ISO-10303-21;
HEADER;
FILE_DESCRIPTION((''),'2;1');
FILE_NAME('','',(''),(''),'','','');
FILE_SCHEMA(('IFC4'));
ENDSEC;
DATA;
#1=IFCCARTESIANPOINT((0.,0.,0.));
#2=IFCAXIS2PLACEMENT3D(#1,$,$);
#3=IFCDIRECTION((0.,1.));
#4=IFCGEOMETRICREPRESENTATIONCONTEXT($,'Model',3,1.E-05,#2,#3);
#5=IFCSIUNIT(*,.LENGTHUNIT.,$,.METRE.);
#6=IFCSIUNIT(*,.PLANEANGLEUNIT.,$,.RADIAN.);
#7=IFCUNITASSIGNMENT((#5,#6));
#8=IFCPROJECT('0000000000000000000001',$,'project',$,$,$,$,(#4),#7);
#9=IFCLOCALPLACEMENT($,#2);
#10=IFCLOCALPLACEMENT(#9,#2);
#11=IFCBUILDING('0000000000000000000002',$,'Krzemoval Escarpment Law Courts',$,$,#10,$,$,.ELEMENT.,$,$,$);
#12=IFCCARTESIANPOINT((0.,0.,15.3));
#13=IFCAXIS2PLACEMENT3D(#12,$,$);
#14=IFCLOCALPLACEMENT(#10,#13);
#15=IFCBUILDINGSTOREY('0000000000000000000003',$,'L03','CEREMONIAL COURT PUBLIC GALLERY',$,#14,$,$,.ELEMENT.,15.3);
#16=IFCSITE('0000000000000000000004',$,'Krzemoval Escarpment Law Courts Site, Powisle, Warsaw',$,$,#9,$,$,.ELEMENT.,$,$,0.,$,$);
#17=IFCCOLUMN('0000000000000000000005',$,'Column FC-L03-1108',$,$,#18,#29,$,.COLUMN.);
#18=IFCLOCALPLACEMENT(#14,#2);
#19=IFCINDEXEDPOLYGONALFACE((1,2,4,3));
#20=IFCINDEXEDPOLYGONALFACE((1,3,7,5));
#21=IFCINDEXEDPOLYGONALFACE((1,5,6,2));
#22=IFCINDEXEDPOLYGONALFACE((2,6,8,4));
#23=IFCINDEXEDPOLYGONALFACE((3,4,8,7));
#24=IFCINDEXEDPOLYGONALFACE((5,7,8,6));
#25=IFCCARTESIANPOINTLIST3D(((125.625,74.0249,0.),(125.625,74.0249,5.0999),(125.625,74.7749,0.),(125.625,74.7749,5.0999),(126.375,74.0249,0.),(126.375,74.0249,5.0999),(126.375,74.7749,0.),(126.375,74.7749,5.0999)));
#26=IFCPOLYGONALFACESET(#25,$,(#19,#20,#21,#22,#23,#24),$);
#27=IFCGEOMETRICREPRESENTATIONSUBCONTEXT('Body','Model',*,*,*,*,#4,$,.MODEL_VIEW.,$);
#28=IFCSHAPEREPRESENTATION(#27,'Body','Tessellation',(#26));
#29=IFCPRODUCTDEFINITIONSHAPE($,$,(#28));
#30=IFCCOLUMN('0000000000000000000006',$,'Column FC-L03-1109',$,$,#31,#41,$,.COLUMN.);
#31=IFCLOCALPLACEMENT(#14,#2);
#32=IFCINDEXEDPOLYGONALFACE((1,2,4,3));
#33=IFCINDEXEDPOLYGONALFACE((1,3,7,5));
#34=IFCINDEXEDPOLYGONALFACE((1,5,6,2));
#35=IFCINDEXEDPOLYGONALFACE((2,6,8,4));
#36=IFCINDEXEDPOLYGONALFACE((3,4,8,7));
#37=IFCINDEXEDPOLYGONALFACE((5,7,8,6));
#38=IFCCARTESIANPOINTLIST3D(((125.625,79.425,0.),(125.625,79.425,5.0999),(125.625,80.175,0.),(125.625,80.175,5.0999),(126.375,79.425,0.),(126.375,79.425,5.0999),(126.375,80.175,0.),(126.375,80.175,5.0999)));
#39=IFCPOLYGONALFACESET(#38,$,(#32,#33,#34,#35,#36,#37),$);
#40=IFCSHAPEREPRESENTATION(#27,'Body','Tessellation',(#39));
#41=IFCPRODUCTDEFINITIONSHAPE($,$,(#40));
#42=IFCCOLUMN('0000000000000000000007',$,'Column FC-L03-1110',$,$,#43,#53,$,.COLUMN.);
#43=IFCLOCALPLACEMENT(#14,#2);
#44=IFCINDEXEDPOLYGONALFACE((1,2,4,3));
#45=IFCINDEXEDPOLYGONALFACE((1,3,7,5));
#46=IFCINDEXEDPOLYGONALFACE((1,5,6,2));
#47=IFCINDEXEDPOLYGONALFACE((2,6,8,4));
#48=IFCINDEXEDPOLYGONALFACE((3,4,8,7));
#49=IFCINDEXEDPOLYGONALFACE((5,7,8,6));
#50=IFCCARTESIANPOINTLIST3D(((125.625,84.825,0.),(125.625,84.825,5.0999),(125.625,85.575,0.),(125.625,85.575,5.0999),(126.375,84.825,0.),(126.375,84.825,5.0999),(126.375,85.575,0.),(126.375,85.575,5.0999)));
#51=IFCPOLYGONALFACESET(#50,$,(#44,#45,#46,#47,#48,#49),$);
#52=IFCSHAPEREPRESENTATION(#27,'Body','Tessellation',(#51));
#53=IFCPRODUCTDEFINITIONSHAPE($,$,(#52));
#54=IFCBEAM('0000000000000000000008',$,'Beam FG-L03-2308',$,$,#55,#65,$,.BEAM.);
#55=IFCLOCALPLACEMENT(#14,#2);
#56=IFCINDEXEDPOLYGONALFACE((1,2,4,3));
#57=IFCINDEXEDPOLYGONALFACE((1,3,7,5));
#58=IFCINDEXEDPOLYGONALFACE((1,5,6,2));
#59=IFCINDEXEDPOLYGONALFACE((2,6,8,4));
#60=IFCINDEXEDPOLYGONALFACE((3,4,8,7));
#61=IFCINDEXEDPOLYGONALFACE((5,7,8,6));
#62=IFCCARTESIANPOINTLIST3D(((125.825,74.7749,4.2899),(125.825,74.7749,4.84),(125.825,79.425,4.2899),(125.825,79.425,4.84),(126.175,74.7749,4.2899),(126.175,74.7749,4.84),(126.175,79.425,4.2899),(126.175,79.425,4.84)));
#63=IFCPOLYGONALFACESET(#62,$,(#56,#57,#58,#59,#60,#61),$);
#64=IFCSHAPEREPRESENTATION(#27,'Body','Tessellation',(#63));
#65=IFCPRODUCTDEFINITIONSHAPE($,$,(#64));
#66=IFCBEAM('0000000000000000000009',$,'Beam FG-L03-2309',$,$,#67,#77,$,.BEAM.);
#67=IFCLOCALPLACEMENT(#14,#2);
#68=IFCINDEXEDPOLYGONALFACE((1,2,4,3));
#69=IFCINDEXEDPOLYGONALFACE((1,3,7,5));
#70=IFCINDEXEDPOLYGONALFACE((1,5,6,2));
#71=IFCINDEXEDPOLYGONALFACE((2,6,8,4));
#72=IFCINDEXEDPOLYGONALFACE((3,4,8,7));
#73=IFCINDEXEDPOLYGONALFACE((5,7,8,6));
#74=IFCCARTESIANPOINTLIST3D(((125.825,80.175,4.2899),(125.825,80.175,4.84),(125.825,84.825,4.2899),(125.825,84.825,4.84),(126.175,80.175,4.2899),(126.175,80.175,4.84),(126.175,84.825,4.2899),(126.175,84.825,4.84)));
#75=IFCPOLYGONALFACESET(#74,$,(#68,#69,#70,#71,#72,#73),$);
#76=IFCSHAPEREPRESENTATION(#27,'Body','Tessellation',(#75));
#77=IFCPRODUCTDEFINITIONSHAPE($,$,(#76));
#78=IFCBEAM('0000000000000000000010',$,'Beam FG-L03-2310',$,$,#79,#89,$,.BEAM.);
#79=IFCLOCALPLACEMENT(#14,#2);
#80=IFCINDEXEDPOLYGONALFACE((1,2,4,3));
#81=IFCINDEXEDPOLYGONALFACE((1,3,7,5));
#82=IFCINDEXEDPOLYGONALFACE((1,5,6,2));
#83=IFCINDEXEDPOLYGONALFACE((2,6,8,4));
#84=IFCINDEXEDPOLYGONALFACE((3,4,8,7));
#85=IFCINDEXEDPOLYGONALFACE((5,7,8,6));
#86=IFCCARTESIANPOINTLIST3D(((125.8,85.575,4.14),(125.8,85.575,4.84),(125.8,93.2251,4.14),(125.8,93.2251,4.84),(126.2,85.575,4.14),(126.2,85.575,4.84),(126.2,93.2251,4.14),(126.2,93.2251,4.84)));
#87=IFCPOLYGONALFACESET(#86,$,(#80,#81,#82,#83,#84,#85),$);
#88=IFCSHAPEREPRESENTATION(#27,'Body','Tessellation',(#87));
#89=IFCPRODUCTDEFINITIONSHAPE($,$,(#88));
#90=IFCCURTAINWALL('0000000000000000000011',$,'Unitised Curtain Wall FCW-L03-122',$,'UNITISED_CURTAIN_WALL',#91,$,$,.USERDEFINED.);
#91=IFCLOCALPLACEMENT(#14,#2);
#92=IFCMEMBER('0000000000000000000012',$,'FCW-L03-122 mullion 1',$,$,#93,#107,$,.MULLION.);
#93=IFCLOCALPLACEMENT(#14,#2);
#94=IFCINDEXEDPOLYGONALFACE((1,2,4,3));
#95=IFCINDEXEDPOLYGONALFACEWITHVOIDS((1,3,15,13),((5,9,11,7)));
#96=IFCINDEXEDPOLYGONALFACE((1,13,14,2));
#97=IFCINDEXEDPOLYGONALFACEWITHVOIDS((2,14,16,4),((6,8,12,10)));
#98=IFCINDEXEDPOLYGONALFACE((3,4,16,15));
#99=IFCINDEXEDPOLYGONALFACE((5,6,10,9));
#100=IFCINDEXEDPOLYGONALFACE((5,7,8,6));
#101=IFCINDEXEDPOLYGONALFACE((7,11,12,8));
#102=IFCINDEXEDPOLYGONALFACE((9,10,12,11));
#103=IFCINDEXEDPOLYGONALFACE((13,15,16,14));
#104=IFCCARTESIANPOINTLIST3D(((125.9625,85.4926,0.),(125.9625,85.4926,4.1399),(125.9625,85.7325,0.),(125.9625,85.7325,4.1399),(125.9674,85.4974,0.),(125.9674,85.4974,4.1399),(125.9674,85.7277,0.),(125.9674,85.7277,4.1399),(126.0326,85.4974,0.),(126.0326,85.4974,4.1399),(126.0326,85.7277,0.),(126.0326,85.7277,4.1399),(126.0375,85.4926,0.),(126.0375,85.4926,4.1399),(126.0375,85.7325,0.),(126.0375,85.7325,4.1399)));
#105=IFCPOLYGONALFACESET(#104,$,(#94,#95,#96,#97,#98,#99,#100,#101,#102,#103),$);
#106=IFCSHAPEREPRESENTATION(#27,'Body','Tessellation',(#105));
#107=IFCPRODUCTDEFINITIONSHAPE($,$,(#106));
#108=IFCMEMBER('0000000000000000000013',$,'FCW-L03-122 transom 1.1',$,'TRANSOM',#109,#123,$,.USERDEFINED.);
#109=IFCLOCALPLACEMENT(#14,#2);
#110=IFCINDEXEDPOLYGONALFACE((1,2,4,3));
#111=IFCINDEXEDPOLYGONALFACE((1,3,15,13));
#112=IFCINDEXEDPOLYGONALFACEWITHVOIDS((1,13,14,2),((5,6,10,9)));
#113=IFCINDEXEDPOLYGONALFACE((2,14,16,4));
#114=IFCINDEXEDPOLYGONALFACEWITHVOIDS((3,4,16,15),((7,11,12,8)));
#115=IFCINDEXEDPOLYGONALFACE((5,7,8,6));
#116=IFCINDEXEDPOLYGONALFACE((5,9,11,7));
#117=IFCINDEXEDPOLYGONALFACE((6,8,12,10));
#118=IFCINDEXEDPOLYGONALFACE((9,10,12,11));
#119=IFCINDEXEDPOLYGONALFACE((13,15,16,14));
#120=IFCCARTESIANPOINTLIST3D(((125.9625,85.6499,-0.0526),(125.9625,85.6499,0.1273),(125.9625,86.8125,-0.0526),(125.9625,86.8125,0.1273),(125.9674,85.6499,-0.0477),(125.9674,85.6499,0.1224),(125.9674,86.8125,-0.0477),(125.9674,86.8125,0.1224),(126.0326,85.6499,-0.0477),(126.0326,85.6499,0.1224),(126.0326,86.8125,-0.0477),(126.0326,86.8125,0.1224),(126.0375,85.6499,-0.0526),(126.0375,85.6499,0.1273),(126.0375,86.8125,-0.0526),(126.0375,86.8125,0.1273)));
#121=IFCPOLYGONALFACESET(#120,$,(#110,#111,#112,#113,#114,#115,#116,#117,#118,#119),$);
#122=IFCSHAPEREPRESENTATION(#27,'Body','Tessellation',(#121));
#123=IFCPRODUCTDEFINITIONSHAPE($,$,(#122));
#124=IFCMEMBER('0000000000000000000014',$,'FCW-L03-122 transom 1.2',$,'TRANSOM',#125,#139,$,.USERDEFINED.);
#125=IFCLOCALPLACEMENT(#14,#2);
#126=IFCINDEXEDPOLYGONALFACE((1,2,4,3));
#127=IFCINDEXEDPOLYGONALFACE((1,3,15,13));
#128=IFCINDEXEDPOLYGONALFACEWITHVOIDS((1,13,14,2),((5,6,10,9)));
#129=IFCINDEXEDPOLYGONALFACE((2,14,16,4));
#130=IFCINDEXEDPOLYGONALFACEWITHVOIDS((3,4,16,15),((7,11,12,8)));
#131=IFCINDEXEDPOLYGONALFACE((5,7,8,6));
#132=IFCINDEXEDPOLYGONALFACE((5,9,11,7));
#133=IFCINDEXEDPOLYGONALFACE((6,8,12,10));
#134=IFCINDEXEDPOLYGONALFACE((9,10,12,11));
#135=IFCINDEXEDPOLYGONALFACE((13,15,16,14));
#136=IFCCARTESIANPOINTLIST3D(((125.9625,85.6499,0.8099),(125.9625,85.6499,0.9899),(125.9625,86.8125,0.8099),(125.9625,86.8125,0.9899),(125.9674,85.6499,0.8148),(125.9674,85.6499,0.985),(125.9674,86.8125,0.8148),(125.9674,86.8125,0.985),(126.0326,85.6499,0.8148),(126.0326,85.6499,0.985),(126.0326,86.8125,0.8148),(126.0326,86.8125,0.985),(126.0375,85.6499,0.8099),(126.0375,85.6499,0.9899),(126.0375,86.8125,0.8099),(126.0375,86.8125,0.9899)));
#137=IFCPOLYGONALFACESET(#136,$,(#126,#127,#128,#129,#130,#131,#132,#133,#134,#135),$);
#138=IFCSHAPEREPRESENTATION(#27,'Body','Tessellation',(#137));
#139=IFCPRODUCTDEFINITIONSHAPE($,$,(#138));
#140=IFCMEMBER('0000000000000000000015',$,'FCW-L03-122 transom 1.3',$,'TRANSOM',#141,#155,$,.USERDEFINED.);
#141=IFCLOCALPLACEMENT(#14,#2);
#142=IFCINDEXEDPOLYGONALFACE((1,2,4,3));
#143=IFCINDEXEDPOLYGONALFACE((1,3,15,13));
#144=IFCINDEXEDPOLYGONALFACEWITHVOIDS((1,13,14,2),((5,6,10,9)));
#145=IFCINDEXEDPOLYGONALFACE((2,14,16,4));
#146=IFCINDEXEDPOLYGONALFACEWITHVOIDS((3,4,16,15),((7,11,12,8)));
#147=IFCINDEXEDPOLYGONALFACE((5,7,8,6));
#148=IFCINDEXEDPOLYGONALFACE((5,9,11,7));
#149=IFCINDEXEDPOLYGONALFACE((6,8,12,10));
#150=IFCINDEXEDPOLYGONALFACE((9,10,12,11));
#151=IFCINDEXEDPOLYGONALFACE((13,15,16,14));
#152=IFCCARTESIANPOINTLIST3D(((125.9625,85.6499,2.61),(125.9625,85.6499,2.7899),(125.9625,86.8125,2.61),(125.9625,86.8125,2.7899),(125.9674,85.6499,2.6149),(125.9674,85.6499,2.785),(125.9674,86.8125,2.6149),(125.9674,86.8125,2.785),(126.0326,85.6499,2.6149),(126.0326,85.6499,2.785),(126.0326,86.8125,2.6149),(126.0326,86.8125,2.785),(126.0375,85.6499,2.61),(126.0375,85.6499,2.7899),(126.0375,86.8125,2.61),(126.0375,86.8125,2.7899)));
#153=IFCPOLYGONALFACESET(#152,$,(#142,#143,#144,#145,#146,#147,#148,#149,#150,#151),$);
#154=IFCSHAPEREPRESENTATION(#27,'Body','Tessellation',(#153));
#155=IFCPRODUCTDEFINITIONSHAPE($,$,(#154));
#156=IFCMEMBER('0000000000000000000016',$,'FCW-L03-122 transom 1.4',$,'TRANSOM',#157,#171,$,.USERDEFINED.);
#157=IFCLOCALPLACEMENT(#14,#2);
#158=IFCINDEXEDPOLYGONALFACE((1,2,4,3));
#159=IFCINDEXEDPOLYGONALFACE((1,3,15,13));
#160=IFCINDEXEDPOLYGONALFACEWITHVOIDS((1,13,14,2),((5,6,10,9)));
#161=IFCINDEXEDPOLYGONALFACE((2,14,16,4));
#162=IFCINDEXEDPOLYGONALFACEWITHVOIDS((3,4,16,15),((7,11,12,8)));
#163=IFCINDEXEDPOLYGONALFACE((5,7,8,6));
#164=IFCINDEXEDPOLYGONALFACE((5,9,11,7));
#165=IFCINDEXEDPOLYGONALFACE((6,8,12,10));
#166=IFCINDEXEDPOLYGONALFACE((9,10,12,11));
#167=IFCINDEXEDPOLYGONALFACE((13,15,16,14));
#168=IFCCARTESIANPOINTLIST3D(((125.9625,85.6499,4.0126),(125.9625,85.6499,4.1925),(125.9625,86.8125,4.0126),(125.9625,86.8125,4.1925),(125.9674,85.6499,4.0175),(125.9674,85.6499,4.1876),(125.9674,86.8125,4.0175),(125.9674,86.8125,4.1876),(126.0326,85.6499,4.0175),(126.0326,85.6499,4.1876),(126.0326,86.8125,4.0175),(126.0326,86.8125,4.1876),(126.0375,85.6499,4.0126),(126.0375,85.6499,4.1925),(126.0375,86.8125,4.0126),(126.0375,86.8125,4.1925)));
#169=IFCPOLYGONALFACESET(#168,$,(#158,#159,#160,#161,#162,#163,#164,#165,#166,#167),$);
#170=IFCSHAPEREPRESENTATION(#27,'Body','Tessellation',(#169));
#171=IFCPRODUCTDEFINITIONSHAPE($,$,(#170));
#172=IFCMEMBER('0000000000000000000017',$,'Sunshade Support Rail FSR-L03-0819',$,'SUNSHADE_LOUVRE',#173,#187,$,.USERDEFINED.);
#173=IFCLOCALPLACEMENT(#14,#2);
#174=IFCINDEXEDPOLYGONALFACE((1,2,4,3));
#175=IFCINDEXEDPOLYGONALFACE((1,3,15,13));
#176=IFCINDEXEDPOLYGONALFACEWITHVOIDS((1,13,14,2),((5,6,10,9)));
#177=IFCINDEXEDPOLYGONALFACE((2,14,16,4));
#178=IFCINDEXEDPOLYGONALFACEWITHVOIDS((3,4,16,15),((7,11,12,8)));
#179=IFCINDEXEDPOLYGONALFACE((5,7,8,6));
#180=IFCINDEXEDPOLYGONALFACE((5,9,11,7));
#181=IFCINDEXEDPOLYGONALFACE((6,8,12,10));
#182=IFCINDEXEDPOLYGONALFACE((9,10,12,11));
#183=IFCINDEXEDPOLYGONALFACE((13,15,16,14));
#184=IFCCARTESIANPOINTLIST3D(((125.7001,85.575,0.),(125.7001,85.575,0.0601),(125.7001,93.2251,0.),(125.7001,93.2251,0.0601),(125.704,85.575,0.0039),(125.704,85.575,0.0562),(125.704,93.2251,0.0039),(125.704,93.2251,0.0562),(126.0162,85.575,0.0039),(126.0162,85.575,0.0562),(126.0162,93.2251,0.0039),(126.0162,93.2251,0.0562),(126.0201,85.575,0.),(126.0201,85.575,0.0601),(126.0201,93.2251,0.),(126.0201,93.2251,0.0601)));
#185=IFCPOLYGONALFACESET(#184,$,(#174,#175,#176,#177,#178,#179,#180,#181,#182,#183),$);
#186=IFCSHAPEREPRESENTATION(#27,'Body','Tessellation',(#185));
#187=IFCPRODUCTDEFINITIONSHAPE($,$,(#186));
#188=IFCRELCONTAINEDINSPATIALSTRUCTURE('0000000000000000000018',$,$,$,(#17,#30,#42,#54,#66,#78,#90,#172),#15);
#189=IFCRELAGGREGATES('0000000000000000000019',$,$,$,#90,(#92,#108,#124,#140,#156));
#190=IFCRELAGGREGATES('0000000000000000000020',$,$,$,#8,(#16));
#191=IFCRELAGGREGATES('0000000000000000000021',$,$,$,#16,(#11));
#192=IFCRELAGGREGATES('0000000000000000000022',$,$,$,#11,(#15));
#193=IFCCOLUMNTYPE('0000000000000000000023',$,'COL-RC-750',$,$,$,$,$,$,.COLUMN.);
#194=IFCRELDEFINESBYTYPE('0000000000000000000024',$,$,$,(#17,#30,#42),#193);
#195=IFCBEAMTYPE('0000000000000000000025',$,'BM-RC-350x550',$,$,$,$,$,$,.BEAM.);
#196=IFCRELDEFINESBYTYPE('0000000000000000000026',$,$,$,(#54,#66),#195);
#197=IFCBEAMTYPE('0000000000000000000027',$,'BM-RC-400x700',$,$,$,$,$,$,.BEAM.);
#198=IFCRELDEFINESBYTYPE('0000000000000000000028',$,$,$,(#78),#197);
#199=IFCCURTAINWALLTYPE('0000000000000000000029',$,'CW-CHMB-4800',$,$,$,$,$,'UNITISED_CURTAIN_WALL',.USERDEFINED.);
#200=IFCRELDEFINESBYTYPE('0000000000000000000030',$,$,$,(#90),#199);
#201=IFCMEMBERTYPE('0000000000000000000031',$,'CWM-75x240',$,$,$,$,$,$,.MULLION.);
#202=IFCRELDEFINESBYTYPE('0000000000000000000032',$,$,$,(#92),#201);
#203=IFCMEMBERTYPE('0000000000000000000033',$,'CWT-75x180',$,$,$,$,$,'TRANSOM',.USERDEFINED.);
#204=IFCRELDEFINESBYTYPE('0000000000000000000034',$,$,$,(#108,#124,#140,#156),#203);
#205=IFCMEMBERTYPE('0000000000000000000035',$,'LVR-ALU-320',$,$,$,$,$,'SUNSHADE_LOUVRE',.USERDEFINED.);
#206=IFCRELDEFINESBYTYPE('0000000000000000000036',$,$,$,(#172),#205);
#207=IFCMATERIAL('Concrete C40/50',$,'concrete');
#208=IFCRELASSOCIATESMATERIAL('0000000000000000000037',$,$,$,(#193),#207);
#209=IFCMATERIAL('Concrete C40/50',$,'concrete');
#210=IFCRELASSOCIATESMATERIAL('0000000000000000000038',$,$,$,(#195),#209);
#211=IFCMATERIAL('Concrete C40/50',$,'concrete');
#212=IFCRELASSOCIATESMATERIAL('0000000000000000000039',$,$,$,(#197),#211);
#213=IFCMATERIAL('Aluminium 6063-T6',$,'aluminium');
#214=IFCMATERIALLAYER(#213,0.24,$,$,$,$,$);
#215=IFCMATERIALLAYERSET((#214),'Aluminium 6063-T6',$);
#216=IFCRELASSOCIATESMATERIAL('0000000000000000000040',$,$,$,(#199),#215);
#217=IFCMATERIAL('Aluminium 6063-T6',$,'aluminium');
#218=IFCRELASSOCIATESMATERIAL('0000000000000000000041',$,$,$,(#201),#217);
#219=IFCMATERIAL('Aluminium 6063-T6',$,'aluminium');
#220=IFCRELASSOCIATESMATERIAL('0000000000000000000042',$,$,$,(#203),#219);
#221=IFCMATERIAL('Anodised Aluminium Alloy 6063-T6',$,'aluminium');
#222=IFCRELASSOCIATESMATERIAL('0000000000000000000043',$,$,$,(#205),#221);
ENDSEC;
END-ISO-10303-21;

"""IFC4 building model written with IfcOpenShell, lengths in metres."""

from ifc_helpers import new_model, si_unit, direction, frame, origin, origin_2d, place, context, subcontext, project, spatial, rectangle, hollow_rectangle, extrude, material, layer, layer_set, material_profile, profile_set, type_object, element, aggregate, save


model = new_model("IFC4")

# Units and contexts
model_context = context("Model", 3, precision=1e-05, world=origin(), true_north=direction((0.0, 1.0)))
body_context = subcontext(model_context, "Body", "Model", "MODEL_VIEW")
ifc_project = project(units=[si_unit("LENGTHUNIT", "METRE"), si_unit("PLANEANGLEUNIT", "RADIAN")], contexts=[model_context])

# Site, building, storey
site_placement = place(None, origin())
site = spatial("IfcSite", under=ifc_project, at=site_placement, Name="Krzemoval Escarpment Law Courts Site, Powisle, Warsaw", CompositionType="ELEMENT", RefElevation=0.0)
building_placement = place(site_placement, origin())
building = spatial("IfcBuilding", under=site, at=building_placement, Name="Krzemoval Escarpment Law Courts", CompositionType="ELEMENT")
storey_placement = place(building_placement, frame((0.0, 0.0, 15.3)))
storey = spatial("IfcBuildingStorey", under=building, at=storey_placement, Name="L03", Description="CEREMONIAL COURT PUBLIC GALLERY", CompositionType="ELEMENT", Elevation=15.3)

# Columns
ifc_material_1 = material(Name="Concrete C40/50", Category="concrete")
ifc_material_profile_1 = material_profile(ifc_material_1, rectangle(XDim=0.75, YDim=0.75, at=origin_2d()), Name="RC 750x750")
ifc_profile_set_1 = profile_set([ifc_material_profile_1], Name="Concrete C40/50")
column_type = type_object("IfcColumnType", Name="COL-RC-750", PredefinedType="COLUMN", material=ifc_profile_set_1)
for number, where, z_axis, x_axis, name in (
    (1, (126.0, 74.3999, 0.0), (0.0, 0.0, 1.0), (1.0, 0.0, 0.0), "Column FC-L03-1108"),
    (2, (126.0, 79.8, 0.0), (0.0, 0.0, 1.0), (1.0, 0.0, 0.0), "Column FC-L03-1109"),
    (3, (126.0, 85.2, 0.0), (0.0, 0.0, 1.0), (1.0, 0.0, 0.0), "Column FC-L03-1110"),
):
    element("IfcColumn", number, at=place(storey_placement, frame(where, z_axis=z_axis, x_axis=x_axis)), inside=storey, type_object=column_type, Name=name, PredefinedType="COLUMN", context=body_context, shape_type="SweptSolid", body=[
        extrude(rectangle(XDim=0.75, YDim=0.75, at=origin_2d()), origin(), (0.0, 0.0, 1.0), 5.0999),
    ])

# Beams
ifc_material_2 = material(Name="Concrete C40/50", Category="concrete")
ifc_material_profile_2 = material_profile(ifc_material_2, rectangle(XDim=0.3501, YDim=0.55, at=origin_2d()), Name="RCB 350x550")
ifc_profile_set_2 = profile_set([ifc_material_profile_2], Name="Concrete C40/50")
beam_type_1 = type_object("IfcBeamType", Name="BM-RC-350x550", PredefinedType="BEAM", material=ifc_profile_set_2)
beam_1_placement = place(storey_placement, frame((126.0, 74.7749, 4.5649), z_axis=(0.0, 1.0, 0.0), x_axis=(-1.0, 0.0, 0.0)))
element("IfcBeam", 4, at=beam_1_placement, inside=storey, type_object=beam_type_1, Name="Beam FG-L03-2308", PredefinedType="BEAM", context=body_context, shape_type="SweptSolid", body=[
    extrude(rectangle(XDim=0.3501, YDim=0.55, at=origin_2d()), origin(), (0.0, 0.0, 1.0), 4.6501),
])
beam_2_placement = place(storey_placement, frame((126.0, 80.175, 4.5649), z_axis=(0.0, 1.0, 0.0), x_axis=(-1.0, 0.0, 0.0)))
element("IfcBeam", 5, at=beam_2_placement, inside=storey, type_object=beam_type_1, Name="Beam FG-L03-2309", PredefinedType="BEAM", context=body_context, shape_type="SweptSolid", body=[
    extrude(rectangle(XDim=0.3501, YDim=0.55, at=origin_2d()), origin(), (0.0, 0.0, 1.0), 4.6499),
])
ifc_material_3 = material(Name="Concrete C40/50", Category="concrete")
ifc_material_profile_3 = material_profile(ifc_material_3, rectangle(XDim=0.3999, YDim=0.7, at=origin_2d()), Name="RCB 400x700")
ifc_profile_set_3 = profile_set([ifc_material_profile_3], Name="Concrete C40/50")
beam_type_2 = type_object("IfcBeamType", Name="BM-RC-400x700", PredefinedType="BEAM", material=ifc_profile_set_3)
beam_3_placement = place(storey_placement, frame((126.0, 85.575, 4.49), z_axis=(0.0, 1.0, 0.0), x_axis=(-1.0, 0.0, 0.0)))
element("IfcBeam", 6, at=beam_3_placement, inside=storey, type_object=beam_type_2, Name="Beam FG-L03-2310", PredefinedType="BEAM", context=body_context, shape_type="SweptSolid", body=[
    extrude(rectangle(XDim=0.3999, YDim=0.7, at=origin_2d()), origin(), (0.0, 0.0, 1.0), 7.6501),
])

# Curtain wall, members
ifc_material_4 = material(Name="Aluminium 6063-T6", Category="aluminium")
ifc_layer_1 = layer(ifc_material_4, 0.24)
ifc_layer_set_1 = layer_set([ifc_layer_1], Name="Aluminium 6063-T6")
curtain_wall_type = type_object("IfcCurtainWallType", Name="CW-CHMB-4800", ElementType="UNITISED_CURTAIN_WALL", PredefinedType="USERDEFINED", material=ifc_layer_set_1)
curtain_wall_placement = place(storey_placement, origin())
curtain_wall = element("IfcCurtainWall", 7, at=curtain_wall_placement, inside=storey, type_object=curtain_wall_type, Name="Unitised Curtain Wall FCW-L03-122", ObjectType="UNITISED_CURTAIN_WALL", PredefinedType="USERDEFINED")
ifc_material_5 = material(Name="Aluminium 6063-T6", Category="aluminium")
ifc_material_profile_4 = material_profile(ifc_material_5, hollow_rectangle(XDim=0.075, YDim=0.24, WallThickness=0.0049, at=origin_2d()), Name="ALU M75x240")
ifc_profile_set_4 = profile_set([ifc_material_profile_4], Name="Aluminium 6063-T6")
member_type_1 = type_object("IfcMemberType", Name="CWM-75x240", PredefinedType="MULLION", material=ifc_profile_set_4)
member_1_placement = place(storey_placement, frame((126.0, 85.6125, 0.0), z_axis=(0.0, 0.0, 1.0), x_axis=(-1.0, 0.0, 0.0)))
member_1 = element("IfcMember", 8, at=member_1_placement, type_object=member_type_1, Name="FCW-L03-122 mullion 1", PredefinedType="MULLION", context=body_context, shape_type="SweptSolid", body=[
    extrude(hollow_rectangle(XDim=0.075, YDim=0.24, WallThickness=0.0049, at=origin_2d()), origin(), (0.0, 0.0, 1.0), 4.1399),
])
ifc_material_6 = material(Name="Aluminium 6063-T6", Category="aluminium")
ifc_material_profile_5 = material_profile(ifc_material_6, hollow_rectangle(XDim=0.075, YDim=0.1799, WallThickness=0.0049, at=origin_2d()), Name="ALU T75x180")
ifc_profile_set_5 = profile_set([ifc_material_profile_5], Name="Aluminium 6063-T6")
member_type_2 = type_object("IfcMemberType", Name="CWT-75x180", ElementType="TRANSOM", PredefinedType="USERDEFINED", material=ifc_profile_set_5)
member_2_placement = place(storey_placement, frame((126.0, 85.6499, 0.0374), z_axis=(0.0, 1.0, 0.0), x_axis=(-1.0, 0.0, 0.0)))
member_2 = element("IfcMember", 9, at=member_2_placement, type_object=member_type_2, Name="FCW-L03-122 transom 1.1", ObjectType="TRANSOM", PredefinedType="USERDEFINED", context=body_context, shape_type="SweptSolid", body=[
    extrude(hollow_rectangle(XDim=0.075, YDim=0.1799, WallThickness=0.0049, at=origin_2d()), origin(), (0.0, 0.0, 1.0), 1.1626),
])
member_3_placement = place(storey_placement, frame((126.0, 85.6499, 0.8999), z_axis=(0.0, 1.0, 0.0), x_axis=(-1.0, 0.0, 0.0)))
member_3 = element("IfcMember", 10, at=member_3_placement, type_object=member_type_2, Name="FCW-L03-122 transom 1.2", ObjectType="TRANSOM", PredefinedType="USERDEFINED", context=body_context, shape_type="SweptSolid", body=[
    extrude(hollow_rectangle(XDim=0.075, YDim=0.1799, WallThickness=0.0049, at=origin_2d()), origin(), (0.0, 0.0, 1.0), 1.1626),
])
member_4_placement = place(storey_placement, frame((126.0, 85.6499, 2.7), z_axis=(0.0, 1.0, 0.0), x_axis=(-1.0, 0.0, 0.0)))
member_4 = element("IfcMember", 11, at=member_4_placement, type_object=member_type_2, Name="FCW-L03-122 transom 1.3", ObjectType="TRANSOM", PredefinedType="USERDEFINED", context=body_context, shape_type="SweptSolid", body=[
    extrude(hollow_rectangle(XDim=0.075, YDim=0.1799, WallThickness=0.0049, at=origin_2d()), origin(), (0.0, 0.0, 1.0), 1.1626),
])
member_5_placement = place(storey_placement, frame((126.0, 85.6499, 4.1025), z_axis=(0.0, 1.0, 0.0), x_axis=(-1.0, 0.0, 0.0)))
member_5 = element("IfcMember", 12, at=member_5_placement, type_object=member_type_2, Name="FCW-L03-122 transom 1.4", ObjectType="TRANSOM", PredefinedType="USERDEFINED", context=body_context, shape_type="SweptSolid", body=[
    extrude(hollow_rectangle(XDim=0.075, YDim=0.1799, WallThickness=0.0049, at=origin_2d()), origin(), (0.0, 0.0, 1.0), 1.1626),
])

# Member
ifc_material_7 = material(Name="Anodised Aluminium Alloy 6063-T6", Category="aluminium")
ifc_material_profile_6 = material_profile(ifc_material_7, hollow_rectangle(XDim=0.0601, YDim=0.3201, WallThickness=0.0039, at=origin_2d()), Name="ALU LVR 60x320")
ifc_profile_set_6 = profile_set([ifc_material_profile_6], Name="Anodised Aluminium Alloy 6063-T6")
member_type_3 = type_object("IfcMemberType", Name="LVR-ALU-320", ElementType="SUNSHADE_LOUVRE", PredefinedType="USERDEFINED", material=ifc_profile_set_6)
for number, where, z_axis, x_axis, name in (
    (13, (125.8601, 85.575, 0.03), (0.0, 1.0, 0.0), (0.0, 0.0, 1.0), "Sunshade Support Rail FSR-L03-0819"),
):
    element("IfcMember", number, at=place(storey_placement, frame(where, z_axis=z_axis, x_axis=x_axis)), inside=storey, type_object=member_type_3, Name=name, ObjectType="SUNSHADE_LOUVRE", PredefinedType="USERDEFINED", context=body_context, shape_type="SweptSolid", body=[
        extrude(hollow_rectangle(XDim=0.0601, YDim=0.3201, WallThickness=0.0039, at=origin_2d()), origin(), (0.0, 0.0, 1.0), 7.6501),
    ])

aggregate(curtain_wall, [member_1, member_2, member_3, member_4, member_5])

save(model, "model.ifc")
